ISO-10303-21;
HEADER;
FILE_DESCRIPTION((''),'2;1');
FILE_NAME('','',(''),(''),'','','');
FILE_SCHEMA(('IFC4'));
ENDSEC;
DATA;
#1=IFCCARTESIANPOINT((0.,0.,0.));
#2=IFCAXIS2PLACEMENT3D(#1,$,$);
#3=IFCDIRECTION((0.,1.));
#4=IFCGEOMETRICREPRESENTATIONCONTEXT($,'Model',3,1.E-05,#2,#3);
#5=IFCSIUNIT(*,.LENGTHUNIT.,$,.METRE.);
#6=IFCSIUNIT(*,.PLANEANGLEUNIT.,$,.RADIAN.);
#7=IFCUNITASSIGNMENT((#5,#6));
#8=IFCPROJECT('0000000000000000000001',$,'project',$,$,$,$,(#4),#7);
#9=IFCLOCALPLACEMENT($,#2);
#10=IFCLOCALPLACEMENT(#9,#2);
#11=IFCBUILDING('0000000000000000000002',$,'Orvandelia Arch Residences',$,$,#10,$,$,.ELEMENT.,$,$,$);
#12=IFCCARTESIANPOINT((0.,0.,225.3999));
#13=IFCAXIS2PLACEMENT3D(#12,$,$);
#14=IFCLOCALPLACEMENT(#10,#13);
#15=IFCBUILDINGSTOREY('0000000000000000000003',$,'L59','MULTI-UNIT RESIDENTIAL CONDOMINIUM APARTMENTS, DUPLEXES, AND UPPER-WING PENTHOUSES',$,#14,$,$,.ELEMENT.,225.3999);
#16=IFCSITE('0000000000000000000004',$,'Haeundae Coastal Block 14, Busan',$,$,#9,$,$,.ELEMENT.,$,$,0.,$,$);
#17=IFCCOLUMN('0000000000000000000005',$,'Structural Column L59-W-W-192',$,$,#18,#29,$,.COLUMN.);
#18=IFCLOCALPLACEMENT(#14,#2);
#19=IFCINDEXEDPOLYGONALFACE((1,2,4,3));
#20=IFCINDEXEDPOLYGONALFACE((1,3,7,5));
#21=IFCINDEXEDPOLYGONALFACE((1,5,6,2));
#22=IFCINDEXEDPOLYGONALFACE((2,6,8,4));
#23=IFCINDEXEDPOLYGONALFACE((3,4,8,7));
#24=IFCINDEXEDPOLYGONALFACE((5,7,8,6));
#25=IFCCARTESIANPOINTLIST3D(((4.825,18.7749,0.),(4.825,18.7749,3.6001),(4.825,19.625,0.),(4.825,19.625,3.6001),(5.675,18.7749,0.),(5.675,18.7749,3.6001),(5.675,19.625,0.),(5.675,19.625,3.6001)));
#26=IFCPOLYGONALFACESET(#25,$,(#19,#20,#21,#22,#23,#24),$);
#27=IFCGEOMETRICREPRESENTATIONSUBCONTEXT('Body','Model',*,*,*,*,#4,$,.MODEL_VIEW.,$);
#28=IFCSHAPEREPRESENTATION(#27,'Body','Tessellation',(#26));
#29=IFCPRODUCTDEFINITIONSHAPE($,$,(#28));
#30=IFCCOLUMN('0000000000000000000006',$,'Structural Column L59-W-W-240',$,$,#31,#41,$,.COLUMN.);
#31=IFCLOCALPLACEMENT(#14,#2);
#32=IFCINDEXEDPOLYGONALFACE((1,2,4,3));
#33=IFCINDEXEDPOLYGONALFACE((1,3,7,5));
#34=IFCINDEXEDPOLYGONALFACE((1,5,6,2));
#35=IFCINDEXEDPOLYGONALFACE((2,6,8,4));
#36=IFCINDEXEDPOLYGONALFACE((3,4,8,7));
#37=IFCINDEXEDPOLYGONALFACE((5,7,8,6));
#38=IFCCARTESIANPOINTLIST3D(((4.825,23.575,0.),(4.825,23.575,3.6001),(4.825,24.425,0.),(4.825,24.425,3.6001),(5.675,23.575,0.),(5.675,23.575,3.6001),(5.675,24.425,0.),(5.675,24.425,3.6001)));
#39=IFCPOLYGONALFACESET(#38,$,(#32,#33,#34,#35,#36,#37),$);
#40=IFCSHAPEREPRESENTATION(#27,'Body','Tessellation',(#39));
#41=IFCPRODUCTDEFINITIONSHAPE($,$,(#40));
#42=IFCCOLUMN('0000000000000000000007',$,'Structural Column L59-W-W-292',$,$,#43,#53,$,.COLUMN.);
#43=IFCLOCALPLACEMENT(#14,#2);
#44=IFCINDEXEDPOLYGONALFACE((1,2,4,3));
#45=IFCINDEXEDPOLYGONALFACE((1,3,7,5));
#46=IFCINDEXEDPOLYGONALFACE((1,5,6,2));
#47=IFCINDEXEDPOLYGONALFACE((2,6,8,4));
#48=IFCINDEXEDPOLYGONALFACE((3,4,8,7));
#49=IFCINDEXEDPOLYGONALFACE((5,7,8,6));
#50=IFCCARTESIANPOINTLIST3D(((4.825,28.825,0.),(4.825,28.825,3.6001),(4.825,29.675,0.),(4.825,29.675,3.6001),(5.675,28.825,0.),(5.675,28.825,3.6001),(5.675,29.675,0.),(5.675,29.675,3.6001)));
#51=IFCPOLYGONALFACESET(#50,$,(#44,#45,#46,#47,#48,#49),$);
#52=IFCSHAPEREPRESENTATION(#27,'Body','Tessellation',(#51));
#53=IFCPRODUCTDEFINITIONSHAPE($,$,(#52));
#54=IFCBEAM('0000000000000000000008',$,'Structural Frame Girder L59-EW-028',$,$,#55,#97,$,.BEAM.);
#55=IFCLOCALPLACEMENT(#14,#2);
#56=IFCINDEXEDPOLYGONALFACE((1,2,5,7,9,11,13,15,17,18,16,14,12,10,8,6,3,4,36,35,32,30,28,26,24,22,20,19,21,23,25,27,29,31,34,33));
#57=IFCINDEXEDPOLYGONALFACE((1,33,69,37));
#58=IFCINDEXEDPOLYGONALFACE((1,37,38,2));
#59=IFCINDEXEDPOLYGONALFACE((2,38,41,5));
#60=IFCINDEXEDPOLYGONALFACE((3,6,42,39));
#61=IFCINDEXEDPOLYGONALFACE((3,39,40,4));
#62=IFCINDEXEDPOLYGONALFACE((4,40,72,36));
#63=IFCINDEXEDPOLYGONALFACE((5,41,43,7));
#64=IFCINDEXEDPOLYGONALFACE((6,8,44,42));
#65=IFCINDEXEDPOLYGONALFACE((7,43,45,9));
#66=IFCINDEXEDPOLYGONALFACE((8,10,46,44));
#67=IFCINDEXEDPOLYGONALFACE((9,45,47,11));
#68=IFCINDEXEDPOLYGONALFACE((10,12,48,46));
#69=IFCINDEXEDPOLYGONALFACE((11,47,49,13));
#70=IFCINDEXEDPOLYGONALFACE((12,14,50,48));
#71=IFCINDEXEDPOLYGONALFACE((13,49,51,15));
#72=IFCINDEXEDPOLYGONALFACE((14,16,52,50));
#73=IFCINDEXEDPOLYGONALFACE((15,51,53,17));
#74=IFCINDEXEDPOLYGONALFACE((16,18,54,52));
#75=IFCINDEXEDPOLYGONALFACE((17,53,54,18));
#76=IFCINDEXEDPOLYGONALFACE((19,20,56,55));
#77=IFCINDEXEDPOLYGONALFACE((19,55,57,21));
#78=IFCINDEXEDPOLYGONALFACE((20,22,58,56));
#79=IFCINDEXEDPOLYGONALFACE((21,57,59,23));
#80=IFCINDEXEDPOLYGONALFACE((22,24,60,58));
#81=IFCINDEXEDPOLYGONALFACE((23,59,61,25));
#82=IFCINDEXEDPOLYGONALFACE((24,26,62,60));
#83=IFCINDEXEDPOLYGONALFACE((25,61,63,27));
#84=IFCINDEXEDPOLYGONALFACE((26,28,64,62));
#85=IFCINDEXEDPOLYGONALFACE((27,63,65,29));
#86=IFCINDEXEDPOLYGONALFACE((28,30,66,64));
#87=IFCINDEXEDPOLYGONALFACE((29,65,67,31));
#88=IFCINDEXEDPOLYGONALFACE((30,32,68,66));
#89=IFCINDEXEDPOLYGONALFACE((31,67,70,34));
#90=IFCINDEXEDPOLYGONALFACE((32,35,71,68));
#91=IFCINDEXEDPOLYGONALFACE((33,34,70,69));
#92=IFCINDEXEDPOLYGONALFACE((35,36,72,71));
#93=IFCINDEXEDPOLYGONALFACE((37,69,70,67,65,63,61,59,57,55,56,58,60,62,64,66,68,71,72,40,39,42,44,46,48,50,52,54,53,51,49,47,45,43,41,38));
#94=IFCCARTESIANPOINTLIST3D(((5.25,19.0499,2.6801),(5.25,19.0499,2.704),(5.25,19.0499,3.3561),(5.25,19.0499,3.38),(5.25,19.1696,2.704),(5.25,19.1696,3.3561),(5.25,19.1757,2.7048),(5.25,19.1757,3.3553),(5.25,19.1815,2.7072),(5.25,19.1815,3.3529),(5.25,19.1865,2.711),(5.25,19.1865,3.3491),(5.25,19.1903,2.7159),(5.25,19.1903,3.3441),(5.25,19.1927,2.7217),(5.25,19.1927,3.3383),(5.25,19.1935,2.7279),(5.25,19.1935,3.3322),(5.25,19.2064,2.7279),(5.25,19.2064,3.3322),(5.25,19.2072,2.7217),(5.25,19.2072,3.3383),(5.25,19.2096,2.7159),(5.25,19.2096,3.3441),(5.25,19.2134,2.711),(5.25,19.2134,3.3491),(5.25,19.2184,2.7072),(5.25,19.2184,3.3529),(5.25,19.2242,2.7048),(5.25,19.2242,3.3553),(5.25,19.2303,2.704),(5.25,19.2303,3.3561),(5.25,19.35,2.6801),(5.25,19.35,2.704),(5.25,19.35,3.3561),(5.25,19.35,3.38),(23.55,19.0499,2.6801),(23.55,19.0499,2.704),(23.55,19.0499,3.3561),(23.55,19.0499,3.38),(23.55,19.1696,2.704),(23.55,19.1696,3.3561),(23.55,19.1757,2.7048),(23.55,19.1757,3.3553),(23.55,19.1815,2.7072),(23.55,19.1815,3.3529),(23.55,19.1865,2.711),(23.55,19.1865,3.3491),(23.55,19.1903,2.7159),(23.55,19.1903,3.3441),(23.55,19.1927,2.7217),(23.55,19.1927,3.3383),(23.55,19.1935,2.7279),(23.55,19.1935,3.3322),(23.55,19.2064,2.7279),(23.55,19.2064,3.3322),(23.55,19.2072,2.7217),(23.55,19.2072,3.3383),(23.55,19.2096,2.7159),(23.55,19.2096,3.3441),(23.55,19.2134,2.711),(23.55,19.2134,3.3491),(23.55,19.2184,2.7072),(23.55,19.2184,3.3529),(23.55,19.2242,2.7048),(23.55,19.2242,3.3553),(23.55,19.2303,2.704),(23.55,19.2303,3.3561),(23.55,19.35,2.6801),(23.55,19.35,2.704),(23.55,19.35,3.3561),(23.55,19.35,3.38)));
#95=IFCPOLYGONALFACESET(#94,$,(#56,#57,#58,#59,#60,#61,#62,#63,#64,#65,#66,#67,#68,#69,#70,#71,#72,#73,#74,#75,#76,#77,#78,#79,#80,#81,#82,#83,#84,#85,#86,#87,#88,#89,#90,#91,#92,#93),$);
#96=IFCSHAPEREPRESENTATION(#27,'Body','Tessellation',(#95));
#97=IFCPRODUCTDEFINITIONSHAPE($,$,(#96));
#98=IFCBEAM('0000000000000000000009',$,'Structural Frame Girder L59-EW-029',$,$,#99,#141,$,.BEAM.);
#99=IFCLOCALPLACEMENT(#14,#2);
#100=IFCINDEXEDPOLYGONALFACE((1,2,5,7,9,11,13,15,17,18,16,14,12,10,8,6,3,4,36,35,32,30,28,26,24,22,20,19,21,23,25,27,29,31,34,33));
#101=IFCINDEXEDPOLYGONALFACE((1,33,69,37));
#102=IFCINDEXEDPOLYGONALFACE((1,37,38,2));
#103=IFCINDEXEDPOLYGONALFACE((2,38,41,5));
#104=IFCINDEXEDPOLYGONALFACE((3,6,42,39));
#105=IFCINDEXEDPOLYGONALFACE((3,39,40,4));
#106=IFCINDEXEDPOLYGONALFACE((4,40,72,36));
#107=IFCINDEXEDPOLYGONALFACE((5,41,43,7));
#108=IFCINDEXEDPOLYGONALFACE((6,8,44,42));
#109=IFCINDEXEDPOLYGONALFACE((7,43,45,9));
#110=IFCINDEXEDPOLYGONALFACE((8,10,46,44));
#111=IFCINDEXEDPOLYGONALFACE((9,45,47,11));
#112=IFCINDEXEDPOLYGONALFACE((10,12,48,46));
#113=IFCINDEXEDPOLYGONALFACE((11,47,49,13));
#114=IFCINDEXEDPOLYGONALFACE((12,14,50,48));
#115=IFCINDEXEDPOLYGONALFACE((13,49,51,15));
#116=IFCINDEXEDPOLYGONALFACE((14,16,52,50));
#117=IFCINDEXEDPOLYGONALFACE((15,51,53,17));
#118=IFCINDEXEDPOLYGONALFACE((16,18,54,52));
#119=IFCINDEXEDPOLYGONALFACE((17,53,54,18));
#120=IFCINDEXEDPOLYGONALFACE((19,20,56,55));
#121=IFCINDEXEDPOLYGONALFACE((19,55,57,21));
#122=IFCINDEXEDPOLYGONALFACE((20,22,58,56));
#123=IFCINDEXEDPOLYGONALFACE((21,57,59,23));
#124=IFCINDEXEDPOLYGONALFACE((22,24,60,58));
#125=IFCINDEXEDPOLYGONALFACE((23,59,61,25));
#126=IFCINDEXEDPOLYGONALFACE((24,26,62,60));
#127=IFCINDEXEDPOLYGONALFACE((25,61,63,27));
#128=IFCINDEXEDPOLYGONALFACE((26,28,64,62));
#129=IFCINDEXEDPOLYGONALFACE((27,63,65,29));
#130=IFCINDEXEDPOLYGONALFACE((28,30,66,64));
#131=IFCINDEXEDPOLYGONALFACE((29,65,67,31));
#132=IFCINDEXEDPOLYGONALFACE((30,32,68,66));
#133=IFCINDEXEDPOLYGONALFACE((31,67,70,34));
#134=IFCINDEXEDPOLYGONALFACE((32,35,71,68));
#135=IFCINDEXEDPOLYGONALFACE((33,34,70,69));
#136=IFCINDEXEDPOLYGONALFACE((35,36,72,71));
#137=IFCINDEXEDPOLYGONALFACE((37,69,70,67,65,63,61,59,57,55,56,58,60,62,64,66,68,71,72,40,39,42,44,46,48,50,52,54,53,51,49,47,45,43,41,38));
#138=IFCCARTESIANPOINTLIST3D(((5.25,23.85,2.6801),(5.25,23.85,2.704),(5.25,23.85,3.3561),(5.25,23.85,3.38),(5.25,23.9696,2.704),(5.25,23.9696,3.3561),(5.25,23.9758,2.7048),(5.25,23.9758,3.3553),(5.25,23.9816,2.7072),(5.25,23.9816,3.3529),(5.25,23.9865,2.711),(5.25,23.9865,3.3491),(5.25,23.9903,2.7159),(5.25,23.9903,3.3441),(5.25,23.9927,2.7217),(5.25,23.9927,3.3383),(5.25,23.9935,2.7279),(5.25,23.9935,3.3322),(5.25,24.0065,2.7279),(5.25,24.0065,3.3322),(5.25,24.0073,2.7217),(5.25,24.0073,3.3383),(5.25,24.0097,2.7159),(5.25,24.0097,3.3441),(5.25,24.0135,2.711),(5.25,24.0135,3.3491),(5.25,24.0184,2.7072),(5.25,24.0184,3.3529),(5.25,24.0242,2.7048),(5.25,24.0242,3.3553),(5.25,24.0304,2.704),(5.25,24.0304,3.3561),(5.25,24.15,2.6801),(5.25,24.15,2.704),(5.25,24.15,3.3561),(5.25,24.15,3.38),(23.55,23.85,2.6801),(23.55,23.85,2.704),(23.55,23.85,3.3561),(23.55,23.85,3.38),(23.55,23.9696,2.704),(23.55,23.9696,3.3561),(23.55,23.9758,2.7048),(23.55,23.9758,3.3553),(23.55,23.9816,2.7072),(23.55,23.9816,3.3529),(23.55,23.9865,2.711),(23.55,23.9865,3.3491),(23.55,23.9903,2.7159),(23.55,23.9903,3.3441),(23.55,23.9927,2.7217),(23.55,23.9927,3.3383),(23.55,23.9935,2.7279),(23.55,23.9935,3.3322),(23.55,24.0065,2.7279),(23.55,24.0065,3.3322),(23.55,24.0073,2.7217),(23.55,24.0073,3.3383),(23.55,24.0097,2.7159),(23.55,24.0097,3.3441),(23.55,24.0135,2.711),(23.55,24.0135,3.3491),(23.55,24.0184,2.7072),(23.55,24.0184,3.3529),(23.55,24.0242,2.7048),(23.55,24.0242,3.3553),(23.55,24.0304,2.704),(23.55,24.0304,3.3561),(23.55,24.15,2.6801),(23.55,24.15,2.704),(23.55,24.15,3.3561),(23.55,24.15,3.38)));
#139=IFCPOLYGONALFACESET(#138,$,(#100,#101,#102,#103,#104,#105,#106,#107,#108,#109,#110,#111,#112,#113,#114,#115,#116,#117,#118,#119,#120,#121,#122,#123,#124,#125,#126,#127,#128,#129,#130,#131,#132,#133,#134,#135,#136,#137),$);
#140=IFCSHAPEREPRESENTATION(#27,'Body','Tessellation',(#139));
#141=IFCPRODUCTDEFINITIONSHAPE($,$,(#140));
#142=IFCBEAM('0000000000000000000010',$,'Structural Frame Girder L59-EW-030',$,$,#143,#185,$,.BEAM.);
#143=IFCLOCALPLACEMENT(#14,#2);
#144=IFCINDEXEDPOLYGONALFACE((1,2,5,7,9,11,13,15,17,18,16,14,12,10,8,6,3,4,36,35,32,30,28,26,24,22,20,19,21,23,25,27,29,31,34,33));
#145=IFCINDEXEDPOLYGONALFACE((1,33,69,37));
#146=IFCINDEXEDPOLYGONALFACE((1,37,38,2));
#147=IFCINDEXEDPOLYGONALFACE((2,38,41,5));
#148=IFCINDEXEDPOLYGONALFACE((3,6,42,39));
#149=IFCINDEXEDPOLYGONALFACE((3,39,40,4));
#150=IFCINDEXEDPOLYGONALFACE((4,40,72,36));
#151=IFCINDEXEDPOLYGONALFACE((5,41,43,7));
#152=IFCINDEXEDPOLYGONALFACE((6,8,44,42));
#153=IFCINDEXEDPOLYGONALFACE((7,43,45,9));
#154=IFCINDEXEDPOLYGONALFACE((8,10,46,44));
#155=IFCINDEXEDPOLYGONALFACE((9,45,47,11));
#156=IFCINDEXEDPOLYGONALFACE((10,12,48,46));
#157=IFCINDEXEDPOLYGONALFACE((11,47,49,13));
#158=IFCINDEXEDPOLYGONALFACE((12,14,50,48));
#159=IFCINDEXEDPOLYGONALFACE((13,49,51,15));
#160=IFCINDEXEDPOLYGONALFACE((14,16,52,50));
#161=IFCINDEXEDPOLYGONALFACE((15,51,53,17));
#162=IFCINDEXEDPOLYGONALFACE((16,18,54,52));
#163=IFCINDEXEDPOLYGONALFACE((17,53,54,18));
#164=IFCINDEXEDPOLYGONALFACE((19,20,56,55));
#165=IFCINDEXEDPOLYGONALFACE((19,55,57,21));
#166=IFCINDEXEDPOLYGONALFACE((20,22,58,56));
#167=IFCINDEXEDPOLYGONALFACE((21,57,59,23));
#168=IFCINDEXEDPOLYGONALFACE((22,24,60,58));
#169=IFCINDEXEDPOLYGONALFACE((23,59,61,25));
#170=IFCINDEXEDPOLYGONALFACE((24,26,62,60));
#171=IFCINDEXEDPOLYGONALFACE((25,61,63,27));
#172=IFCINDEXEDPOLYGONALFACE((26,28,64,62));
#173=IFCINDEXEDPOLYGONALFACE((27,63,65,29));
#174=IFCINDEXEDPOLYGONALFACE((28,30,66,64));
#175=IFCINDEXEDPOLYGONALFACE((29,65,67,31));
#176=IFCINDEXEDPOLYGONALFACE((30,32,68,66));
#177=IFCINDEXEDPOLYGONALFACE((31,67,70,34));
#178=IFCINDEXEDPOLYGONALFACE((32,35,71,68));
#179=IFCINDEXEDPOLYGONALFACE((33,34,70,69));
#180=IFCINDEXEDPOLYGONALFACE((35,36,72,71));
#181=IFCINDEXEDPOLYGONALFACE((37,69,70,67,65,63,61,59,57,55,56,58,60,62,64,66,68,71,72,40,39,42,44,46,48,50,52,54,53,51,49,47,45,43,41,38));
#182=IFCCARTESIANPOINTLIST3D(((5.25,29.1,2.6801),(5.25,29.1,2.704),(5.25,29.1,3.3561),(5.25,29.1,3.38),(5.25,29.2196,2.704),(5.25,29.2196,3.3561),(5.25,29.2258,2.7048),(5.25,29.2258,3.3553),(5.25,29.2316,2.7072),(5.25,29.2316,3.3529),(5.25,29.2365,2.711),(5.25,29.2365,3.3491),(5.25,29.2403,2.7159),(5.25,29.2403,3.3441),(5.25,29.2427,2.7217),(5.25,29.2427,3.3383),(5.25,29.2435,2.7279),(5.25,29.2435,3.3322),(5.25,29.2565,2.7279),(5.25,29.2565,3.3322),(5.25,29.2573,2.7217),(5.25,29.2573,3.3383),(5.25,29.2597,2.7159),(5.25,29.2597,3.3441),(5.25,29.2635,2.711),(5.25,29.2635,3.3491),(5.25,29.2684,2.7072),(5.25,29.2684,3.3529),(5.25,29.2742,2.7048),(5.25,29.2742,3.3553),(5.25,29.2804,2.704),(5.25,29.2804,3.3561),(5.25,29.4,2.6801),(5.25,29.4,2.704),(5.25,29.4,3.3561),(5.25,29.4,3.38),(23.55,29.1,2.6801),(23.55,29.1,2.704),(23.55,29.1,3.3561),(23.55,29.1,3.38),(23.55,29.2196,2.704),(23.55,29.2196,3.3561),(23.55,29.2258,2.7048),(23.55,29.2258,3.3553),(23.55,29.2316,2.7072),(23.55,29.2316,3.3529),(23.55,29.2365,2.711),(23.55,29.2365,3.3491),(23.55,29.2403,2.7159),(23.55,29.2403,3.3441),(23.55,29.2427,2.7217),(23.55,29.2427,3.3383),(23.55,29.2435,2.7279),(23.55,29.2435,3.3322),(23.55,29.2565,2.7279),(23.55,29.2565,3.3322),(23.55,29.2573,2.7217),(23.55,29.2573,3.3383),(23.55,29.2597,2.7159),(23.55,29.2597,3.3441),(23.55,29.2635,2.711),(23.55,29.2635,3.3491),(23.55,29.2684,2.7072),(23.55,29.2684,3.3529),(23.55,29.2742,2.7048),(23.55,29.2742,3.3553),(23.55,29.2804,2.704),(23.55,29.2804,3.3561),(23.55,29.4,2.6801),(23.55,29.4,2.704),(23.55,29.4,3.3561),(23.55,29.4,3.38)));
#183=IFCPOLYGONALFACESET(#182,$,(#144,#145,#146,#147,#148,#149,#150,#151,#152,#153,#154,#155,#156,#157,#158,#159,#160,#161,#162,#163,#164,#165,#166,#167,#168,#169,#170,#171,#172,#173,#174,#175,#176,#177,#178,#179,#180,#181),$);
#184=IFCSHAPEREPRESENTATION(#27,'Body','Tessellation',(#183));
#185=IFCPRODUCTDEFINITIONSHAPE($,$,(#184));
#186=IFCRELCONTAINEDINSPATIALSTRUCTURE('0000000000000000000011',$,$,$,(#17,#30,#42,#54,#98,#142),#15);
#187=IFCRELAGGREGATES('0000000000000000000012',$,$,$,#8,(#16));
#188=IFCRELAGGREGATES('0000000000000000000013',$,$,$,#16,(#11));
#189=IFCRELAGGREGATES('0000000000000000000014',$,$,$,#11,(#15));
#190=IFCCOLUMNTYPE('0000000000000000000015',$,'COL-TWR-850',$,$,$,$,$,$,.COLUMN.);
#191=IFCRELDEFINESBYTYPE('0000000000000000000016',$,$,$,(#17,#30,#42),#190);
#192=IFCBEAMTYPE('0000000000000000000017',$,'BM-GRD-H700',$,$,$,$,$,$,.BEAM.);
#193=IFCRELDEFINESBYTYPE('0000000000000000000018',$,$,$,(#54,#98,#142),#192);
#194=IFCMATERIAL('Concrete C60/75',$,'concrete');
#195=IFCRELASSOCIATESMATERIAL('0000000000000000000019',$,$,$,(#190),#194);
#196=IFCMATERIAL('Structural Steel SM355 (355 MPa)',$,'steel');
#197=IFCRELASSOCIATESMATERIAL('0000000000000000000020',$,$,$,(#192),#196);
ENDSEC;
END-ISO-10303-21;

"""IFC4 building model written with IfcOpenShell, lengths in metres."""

from ifc_helpers import new_model, si_unit, direction, frame, origin, origin_2d, place, context, subcontext, project, spatial, rectangle, i_section, extrude, material, material_profile, profile_set, type_object, element, save


model = new_model("IFC4")

# Units and contexts
model_context = context("Model", 3, precision=1e-05, world=origin(), true_north=direction((0.0, 1.0)))
body_context = subcontext(model_context, "Body", "Model", "MODEL_VIEW")
ifc_project = project(units=[si_unit("LENGTHUNIT", "METRE"), si_unit("PLANEANGLEUNIT", "RADIAN")], contexts=[model_context])

# Site, building, storey
site_placement = place(None, origin())
site = spatial("IfcSite", under=ifc_project, at=site_placement, Name="Haeundae Coastal Block 14, Busan", CompositionType="ELEMENT", RefElevation=0.0)
building_placement = place(site_placement, origin())
building = spatial("IfcBuilding", under=site, at=building_placement, Name="Orvandelia Arch Residences", CompositionType="ELEMENT")
storey_placement = place(building_placement, frame((0.0, 0.0, 225.3999)))
storey = spatial("IfcBuildingStorey", under=building, at=storey_placement, Name="L59", Description="MULTI-UNIT RESIDENTIAL CONDOMINIUM APARTMENTS, DUPLEXES, AND UPPER-WING PENTHOUSES", CompositionType="ELEMENT", Elevation=225.3999)

# Columns
ifc_material_1 = material(Name="Concrete C60/75", Category="concrete")
ifc_material_profile_1 = material_profile(ifc_material_1, rectangle(XDim=0.8501, YDim=0.8501, at=origin_2d()), Name="Concrete C60/75", Category="concrete")
ifc_profile_set_1 = profile_set([ifc_material_profile_1], Name="Concrete C60/75")
column_type = type_object("IfcColumnType", Name="COL-TWR-850", PredefinedType="COLUMN", material=ifc_profile_set_1)
for number, where, z_axis, x_axis, name in (
    (1, (5.25, 19.2, 0.0), (0.0, 0.0, 1.0), (1.0, 0.0, 0.0), "Structural Column L59-W-W-192"),
    (2, (5.25, 24.0, 0.0), (0.0, 0.0, 1.0), (1.0, 0.0, 0.0), "Structural Column L59-W-W-240"),
    (3, (5.25, 29.25, 0.0), (0.0, 0.0, 1.0), (1.0, 0.0, 0.0), "Structural Column L59-W-W-292"),
):
    element("IfcColumn", number, at=place(storey_placement, frame(where, z_axis=z_axis, x_axis=x_axis)), inside=storey, type_object=column_type, Name=name, PredefinedType="COLUMN", context=body_context, shape_type="SweptSolid", body=[
        extrude(rectangle(XDim=0.8501, YDim=0.8501, at=origin_2d()), origin(), (0.0, 0.0, 1.0), 3.6001),
    ])

# Beams
ifc_material_2 = material(Name="Structural Steel SM355 (355 MPa)", Category="steel")
ifc_material_profile_2 = material_profile(ifc_material_2, i_section(OverallWidth=0.3, OverallDepth=0.7, WebThickness=0.0129, FlangeThickness=0.0239, FilletRadius=0.0239, at=origin_2d()), Name="Structural Steel SM355 (355 MPa)", Category="steel")
ifc_profile_set_2 = profile_set([ifc_material_profile_2], Name="Structural Steel SM355 (355 MPa)")
beam_type_1 = type_object("IfcBeamType", Name="BM-GRD-H700", PredefinedType="BEAM", material=ifc_profile_set_2)
for number, where, z_axis, x_axis, name in (
    (4, (5.25, 19.2, 3.03), (1.0, 0.0, 0.0), (0.0, 1.0, 0.0), "Structural Frame Girder L59-EW-028"),
    (5, (5.25, 24.0, 3.03), (1.0, 0.0, 0.0), (0.0, 1.0, 0.0), "Structural Frame Girder L59-EW-029"),
    (6, (5.25, 29.25, 3.03), (1.0, 0.0, 0.0), (0.0, 1.0, 0.0), "Structural Frame Girder L59-EW-030"),
):
    element("IfcBeam", number, at=place(storey_placement, frame(where, z_axis=z_axis, x_axis=x_axis)), inside=storey, type_object=beam_type_1, Name=name, PredefinedType="BEAM", context=body_context, shape_type="SweptSolid", body=[
        extrude(i_section(OverallWidth=0.3, OverallDepth=0.7, WebThickness=0.0129, FlangeThickness=0.0239, FilletRadius=0.0239, at=origin_2d()), origin(), (0.0, 0.0, 1.0), 18.3),
    ])

save(model, "model.ifc")
